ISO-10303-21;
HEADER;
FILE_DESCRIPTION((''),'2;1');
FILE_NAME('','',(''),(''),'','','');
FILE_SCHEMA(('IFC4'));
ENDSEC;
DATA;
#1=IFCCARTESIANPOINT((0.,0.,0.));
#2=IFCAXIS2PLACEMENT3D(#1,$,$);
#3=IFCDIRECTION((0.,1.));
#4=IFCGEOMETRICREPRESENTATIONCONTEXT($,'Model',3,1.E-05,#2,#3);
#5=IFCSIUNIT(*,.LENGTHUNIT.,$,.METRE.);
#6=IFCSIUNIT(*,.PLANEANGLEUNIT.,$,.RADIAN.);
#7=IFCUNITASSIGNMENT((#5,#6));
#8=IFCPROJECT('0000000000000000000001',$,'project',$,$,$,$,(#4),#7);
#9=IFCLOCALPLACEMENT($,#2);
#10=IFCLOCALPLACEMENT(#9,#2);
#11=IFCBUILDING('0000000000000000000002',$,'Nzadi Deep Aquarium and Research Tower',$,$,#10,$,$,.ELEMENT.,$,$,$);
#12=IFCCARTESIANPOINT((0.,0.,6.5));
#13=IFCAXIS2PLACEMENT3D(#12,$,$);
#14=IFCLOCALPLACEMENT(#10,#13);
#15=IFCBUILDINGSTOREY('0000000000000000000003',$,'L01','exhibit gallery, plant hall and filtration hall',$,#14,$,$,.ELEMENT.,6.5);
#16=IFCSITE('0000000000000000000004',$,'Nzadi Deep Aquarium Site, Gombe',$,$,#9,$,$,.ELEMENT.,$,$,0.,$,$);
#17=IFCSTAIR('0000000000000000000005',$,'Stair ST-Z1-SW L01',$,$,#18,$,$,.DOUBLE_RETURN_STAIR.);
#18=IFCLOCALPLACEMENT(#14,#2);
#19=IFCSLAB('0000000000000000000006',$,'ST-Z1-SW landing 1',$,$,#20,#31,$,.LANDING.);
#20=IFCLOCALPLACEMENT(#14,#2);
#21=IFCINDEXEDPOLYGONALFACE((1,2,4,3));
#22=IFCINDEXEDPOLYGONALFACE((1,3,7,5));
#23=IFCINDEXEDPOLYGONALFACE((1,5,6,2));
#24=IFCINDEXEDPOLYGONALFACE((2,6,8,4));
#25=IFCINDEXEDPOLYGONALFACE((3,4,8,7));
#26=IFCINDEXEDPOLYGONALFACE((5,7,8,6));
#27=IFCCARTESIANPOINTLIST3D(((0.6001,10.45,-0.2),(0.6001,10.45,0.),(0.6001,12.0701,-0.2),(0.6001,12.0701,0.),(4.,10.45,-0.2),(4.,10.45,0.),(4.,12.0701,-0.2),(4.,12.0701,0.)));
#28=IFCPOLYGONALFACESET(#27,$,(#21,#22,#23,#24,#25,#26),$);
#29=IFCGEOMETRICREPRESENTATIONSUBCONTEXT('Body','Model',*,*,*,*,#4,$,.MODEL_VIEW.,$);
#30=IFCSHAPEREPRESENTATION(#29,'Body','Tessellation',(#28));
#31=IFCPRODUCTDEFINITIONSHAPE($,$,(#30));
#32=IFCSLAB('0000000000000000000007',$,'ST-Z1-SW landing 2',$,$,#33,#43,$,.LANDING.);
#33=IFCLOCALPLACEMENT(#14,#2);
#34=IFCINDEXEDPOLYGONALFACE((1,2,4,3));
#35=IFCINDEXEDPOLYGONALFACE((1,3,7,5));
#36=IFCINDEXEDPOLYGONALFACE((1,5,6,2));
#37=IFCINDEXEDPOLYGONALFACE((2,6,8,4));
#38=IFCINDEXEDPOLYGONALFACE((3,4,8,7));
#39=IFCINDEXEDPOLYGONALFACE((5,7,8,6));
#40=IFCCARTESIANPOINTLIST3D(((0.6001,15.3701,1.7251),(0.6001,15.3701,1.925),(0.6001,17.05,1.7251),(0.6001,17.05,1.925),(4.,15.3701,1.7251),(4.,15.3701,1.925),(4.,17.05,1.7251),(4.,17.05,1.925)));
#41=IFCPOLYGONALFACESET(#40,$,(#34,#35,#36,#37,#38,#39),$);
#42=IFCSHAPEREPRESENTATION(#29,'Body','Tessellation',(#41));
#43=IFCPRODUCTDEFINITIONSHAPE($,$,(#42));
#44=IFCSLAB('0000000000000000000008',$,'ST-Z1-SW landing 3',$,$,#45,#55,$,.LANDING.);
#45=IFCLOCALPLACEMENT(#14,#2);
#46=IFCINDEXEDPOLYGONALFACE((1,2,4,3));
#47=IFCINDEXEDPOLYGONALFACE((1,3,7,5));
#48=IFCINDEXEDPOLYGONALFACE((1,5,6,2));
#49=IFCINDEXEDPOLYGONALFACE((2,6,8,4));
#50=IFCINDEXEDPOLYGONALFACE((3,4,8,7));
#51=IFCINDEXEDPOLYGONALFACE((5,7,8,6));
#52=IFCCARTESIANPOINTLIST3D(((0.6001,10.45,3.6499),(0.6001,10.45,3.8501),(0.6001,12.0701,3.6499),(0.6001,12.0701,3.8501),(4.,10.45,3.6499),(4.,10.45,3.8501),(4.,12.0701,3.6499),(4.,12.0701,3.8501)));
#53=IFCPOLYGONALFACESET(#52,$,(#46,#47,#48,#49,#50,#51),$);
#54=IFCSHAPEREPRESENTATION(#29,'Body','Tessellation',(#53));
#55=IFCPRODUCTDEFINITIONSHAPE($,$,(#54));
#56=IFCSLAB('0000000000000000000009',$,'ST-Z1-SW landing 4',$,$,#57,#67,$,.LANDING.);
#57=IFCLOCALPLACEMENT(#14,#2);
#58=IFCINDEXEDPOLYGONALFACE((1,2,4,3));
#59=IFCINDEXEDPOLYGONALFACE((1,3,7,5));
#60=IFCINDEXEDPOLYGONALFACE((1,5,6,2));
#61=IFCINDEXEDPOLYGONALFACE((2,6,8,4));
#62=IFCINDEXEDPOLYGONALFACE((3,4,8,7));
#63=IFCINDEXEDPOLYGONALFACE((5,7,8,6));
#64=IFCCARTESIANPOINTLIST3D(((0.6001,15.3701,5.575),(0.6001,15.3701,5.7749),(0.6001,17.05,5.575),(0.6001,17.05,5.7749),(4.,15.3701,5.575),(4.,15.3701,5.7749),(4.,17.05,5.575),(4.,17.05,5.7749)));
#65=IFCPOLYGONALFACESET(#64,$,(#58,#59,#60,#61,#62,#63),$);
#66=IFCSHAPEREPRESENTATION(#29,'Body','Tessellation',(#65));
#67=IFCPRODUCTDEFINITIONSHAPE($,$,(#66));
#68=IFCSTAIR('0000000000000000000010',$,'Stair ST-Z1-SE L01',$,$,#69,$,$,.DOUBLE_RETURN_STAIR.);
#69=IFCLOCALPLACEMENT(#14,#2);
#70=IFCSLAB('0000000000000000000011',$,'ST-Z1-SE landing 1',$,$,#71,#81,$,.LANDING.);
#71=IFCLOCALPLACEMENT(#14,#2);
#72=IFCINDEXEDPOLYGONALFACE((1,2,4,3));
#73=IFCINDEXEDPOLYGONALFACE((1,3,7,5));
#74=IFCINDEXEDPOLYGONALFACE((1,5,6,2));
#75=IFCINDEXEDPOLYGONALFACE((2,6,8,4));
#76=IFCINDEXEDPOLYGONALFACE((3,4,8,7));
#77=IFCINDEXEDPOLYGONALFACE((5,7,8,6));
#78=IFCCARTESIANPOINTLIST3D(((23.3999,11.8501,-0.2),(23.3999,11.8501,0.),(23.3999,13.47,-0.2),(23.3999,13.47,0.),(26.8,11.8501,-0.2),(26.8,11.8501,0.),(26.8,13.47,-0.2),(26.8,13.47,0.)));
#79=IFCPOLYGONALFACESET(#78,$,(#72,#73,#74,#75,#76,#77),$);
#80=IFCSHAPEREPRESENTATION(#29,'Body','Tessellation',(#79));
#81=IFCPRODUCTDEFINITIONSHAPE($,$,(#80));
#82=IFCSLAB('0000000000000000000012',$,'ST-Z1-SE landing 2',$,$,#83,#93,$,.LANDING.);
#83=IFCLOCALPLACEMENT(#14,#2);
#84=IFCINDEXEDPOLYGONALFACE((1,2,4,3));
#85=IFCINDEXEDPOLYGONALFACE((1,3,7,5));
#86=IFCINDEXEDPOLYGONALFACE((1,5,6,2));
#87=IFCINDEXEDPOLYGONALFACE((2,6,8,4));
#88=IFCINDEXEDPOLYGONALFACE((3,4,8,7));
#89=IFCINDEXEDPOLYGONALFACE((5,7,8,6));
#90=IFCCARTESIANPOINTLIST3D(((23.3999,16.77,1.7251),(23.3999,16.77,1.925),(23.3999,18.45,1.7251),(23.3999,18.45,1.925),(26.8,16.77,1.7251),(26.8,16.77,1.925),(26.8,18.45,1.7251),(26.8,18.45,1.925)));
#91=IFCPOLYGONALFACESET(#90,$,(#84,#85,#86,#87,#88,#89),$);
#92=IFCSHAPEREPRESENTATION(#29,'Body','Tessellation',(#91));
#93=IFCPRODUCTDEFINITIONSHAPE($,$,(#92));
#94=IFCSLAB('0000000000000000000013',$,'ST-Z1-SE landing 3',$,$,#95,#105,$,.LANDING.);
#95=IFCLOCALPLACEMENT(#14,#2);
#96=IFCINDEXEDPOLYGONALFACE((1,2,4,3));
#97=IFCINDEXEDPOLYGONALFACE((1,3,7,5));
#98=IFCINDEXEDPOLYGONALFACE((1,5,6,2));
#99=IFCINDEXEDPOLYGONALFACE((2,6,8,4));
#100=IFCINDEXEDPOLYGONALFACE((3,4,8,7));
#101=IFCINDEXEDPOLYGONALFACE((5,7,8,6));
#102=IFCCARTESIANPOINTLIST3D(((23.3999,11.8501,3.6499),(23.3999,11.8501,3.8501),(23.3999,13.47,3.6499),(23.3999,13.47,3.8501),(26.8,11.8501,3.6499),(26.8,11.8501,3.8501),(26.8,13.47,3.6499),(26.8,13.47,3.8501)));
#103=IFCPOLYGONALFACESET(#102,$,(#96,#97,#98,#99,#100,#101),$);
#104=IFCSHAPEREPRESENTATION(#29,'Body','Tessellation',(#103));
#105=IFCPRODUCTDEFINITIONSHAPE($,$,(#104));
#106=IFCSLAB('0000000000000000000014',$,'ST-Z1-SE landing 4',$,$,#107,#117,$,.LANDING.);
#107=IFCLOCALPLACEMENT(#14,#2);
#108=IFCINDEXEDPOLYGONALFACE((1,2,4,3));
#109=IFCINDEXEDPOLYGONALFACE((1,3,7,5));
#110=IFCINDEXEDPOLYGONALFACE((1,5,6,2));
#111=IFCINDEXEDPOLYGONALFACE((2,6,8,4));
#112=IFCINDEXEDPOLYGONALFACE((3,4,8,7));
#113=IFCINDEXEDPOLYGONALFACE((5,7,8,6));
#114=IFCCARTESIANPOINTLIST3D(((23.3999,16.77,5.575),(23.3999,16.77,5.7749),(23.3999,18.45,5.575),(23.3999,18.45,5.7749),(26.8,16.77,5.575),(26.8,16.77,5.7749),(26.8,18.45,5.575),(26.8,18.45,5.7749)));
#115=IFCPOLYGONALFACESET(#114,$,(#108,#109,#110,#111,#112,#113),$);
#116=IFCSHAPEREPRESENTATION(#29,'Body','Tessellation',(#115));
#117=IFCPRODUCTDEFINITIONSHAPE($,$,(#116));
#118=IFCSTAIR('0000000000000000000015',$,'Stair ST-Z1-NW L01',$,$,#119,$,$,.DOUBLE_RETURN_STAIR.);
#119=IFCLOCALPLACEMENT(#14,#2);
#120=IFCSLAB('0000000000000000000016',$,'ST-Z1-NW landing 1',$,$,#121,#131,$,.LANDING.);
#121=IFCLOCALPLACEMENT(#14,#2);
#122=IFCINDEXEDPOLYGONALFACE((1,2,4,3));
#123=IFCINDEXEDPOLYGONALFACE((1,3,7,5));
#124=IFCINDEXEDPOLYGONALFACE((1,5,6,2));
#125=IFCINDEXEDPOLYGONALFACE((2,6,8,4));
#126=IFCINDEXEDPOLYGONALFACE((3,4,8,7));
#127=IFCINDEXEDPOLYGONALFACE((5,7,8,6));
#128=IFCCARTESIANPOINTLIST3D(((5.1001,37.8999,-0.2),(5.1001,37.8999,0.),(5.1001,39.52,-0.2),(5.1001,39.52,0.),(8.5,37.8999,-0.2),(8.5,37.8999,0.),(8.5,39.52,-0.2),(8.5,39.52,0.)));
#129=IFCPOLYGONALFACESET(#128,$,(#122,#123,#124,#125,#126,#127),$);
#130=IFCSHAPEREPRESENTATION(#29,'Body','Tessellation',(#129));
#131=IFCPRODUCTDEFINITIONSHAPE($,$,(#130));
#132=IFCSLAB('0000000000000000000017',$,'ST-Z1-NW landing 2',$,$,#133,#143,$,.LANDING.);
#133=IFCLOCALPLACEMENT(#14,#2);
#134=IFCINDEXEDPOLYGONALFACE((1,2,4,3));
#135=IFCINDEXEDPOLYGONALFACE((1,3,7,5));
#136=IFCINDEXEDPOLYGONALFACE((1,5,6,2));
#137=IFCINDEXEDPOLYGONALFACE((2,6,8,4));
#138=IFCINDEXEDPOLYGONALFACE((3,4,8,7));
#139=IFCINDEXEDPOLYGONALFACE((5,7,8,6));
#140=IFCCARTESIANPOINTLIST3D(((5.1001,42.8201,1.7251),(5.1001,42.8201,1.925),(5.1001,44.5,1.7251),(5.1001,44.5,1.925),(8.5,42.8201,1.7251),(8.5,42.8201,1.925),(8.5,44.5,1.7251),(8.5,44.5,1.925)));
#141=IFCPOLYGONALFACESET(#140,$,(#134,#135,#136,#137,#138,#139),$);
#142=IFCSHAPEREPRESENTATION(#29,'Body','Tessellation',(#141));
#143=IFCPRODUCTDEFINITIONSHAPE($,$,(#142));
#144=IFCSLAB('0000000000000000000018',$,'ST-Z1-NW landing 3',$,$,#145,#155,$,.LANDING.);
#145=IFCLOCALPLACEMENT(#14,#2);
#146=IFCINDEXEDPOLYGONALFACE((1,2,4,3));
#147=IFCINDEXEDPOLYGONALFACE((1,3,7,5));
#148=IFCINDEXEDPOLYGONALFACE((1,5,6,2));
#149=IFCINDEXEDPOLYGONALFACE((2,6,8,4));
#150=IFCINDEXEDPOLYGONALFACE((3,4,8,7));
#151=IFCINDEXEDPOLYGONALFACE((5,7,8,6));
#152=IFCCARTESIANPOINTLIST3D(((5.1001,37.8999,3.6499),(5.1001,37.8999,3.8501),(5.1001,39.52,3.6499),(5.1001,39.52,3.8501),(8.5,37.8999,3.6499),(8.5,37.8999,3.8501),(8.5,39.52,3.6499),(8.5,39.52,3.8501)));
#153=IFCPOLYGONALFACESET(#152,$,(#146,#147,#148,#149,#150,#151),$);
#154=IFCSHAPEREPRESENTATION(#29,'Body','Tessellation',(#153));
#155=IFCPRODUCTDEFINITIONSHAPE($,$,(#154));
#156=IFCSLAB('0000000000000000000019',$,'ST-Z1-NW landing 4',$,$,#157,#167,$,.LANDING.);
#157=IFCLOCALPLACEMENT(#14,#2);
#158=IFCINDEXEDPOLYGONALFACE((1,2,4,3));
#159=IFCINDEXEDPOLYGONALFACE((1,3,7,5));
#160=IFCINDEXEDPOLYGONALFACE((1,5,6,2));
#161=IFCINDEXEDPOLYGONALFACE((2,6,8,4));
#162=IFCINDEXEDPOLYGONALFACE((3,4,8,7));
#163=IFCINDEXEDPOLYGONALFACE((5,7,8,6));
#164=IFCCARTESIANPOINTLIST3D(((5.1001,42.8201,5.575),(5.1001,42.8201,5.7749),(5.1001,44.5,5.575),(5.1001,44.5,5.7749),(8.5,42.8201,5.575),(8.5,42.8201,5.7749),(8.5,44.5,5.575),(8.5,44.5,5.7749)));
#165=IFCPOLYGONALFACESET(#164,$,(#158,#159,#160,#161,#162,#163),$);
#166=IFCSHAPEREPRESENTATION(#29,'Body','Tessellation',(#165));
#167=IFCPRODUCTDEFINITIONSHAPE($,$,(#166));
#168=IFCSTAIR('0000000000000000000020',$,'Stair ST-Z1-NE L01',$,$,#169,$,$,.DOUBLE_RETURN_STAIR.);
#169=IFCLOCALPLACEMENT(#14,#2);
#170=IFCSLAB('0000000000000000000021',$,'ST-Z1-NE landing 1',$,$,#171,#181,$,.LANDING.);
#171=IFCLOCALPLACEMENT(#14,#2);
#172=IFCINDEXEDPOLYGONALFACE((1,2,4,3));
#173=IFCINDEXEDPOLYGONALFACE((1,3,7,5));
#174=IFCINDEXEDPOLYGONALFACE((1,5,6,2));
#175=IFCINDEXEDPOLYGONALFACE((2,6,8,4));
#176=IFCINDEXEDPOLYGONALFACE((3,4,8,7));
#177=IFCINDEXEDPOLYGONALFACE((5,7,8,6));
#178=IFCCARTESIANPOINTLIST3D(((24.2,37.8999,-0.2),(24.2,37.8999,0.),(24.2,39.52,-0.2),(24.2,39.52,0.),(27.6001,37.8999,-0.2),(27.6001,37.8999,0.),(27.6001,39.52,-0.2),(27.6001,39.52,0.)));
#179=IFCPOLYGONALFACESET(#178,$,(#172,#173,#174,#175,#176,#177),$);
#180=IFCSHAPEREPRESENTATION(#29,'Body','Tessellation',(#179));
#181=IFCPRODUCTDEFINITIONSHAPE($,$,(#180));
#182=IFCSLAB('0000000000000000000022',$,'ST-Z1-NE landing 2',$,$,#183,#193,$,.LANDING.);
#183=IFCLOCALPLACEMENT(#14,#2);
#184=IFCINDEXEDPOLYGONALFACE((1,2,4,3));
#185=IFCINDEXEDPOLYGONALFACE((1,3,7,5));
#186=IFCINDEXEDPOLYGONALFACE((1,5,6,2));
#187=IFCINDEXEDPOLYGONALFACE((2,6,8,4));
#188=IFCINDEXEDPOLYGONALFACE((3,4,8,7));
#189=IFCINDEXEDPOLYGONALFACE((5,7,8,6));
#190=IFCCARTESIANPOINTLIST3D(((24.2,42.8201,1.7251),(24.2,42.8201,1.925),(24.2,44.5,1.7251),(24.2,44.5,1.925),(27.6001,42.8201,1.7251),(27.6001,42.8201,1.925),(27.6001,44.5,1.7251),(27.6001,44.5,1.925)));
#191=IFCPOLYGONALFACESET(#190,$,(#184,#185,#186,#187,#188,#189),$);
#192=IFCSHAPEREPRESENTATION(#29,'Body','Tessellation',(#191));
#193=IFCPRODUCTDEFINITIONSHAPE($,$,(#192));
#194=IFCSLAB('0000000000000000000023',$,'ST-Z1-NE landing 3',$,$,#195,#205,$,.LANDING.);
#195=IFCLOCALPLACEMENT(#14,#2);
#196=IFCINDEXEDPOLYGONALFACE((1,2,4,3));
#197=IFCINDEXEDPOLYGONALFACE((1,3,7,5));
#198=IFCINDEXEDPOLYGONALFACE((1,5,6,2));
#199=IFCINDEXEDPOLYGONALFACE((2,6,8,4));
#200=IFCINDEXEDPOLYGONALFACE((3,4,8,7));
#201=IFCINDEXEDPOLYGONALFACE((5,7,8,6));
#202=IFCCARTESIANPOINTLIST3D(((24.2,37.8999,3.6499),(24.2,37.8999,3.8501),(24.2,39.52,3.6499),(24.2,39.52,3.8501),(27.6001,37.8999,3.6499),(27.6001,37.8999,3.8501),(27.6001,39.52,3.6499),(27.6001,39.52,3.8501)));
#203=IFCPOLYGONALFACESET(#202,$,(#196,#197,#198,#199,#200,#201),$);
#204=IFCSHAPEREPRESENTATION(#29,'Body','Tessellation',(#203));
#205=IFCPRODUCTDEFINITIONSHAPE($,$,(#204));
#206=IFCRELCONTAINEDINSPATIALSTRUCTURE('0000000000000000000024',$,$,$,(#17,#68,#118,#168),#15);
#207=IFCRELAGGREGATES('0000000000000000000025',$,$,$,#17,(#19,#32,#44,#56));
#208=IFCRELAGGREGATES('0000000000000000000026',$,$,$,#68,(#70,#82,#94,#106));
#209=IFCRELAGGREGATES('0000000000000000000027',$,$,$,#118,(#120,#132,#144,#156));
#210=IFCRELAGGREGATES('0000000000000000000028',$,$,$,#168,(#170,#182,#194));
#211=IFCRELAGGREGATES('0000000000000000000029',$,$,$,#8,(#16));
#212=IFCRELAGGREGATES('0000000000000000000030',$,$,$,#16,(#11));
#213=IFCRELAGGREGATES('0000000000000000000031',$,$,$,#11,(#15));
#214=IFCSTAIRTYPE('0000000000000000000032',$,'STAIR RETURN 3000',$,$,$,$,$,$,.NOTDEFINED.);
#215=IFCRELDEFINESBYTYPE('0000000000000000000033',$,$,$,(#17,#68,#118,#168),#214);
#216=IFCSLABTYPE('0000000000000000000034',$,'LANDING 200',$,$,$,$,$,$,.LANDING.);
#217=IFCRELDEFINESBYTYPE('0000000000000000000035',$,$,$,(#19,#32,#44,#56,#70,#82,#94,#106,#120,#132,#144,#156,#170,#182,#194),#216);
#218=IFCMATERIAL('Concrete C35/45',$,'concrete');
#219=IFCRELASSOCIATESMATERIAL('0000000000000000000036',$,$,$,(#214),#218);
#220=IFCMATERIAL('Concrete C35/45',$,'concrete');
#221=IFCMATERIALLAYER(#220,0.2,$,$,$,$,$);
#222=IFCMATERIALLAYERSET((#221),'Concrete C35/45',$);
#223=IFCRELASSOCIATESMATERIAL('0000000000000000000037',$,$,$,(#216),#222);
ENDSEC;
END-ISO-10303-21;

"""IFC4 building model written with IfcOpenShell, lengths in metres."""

from ifc_helpers import new_model, si_unit, direction, frame, origin, place, context, subcontext, project, spatial, polyline, outline, extrude, material, layer, layer_set, type_object, element, aggregate, save


model = new_model("IFC4")

# Units and contexts
model_context = context("Model", 3, precision=1e-05, world=origin(), true_north=direction((0.0, 1.0)))
body_context = subcontext(model_context, "Body", "Model", "MODEL_VIEW")
ifc_project = project(units=[si_unit("LENGTHUNIT", "METRE"), si_unit("PLANEANGLEUNIT", "RADIAN")], contexts=[model_context])

# Site, building, storey
site_placement = place(None, origin())
site = spatial("IfcSite", under=ifc_project, at=site_placement, Name="Nzadi Deep Aquarium Site, Gombe", CompositionType="ELEMENT", RefElevation=0.0)
building_placement = place(site_placement, origin())
building = spatial("IfcBuilding", under=site, at=building_placement, Name="Nzadi Deep Aquarium and Research Tower", CompositionType="ELEMENT")
storey_placement = place(building_placement, frame((0.0, 0.0, 6.5)))
storey = spatial("IfcBuildingStorey", under=building, at=storey_placement, Name="L01", Description="exhibit gallery, plant hall and filtration hall", CompositionType="ELEMENT", Elevation=6.5)

# Stairs, slabs
ifc_material_1 = material(Name="Concrete C35/45", Category="concrete")
stair_type = type_object("IfcStairType", Name="STAIR RETURN 3000", PredefinedType="NOTDEFINED", material=ifc_material_1)
stair_1_placement = place(storey_placement, origin())
stair_1 = element("IfcStair", 1, at=stair_1_placement, inside=storey, type_object=stair_type, Name="Stair ST-Z1-SW L01", PredefinedType="DOUBLE_RETURN_STAIR")
ifc_material_2 = material(Name="Concrete C35/45", Category="concrete")
ifc_layer_1 = layer(ifc_material_2, 0.2)
ifc_layer_set_1 = layer_set([ifc_layer_1], Name="Concrete C35/45")
slab_type_1 = type_object("IfcSlabType", Name="LANDING 200", PredefinedType="LANDING", material=ifc_layer_set_1)
slab_1_placement = place(storey_placement, frame((0.0, 0.0, -0.2)))
slab_1 = element("IfcSlab", 2, at=slab_1_placement, type_object=slab_type_1, Name="ST-Z1-SW landing 1", PredefinedType="LANDING", context=body_context, shape_type="SweptSolid", body=[
    extrude(outline(polyline([(0.6001, 10.45), (4.0, 10.45), (4.0, 12.0701), (0.6001, 12.0701), (0.6001, 10.45)])), origin(), (0.0, 0.0, 1.0), 0.2),
])
slab_2_placement = place(storey_placement, frame((0.0, 0.0, 1.7251)))
slab_2 = element("IfcSlab", 3, at=slab_2_placement, type_object=slab_type_1, Name="ST-Z1-SW landing 2", PredefinedType="LANDING", context=body_context, shape_type="SweptSolid", body=[
    extrude(outline(polyline([(0.6001, 15.3701), (4.0, 15.3701), (4.0, 17.05), (0.6001, 17.05), (0.6001, 15.3701)])), origin(), (0.0, 0.0, 1.0), 0.2),
])
slab_3_placement = place(storey_placement, frame((0.0, 0.0, 3.6499)))
slab_3 = element("IfcSlab", 4, at=slab_3_placement, type_object=slab_type_1, Name="ST-Z1-SW landing 3", PredefinedType="LANDING", context=body_context, shape_type="SweptSolid", body=[
    extrude(outline(polyline([(0.6001, 10.45), (4.0, 10.45), (4.0, 12.0701), (0.6001, 12.0701), (0.6001, 10.45)])), origin(), (0.0, 0.0, 1.0), 0.2002),
])
slab_4_placement = place(storey_placement, frame((0.0, 0.0, 5.575)))
slab_4 = element("IfcSlab", 5, at=slab_4_placement, type_object=slab_type_1, Name="ST-Z1-SW landing 4", PredefinedType="LANDING", context=body_context, shape_type="SweptSolid", body=[
    extrude(outline(polyline([(0.6001, 15.3701), (4.0, 15.3701), (4.0, 17.05), (0.6001, 17.05), (0.6001, 15.3701)])), origin(), (0.0, 0.0, 1.0), 0.2),
])
aggregate(stair_1, [slab_1, slab_2, slab_3, slab_4])
stair_2_placement = place(storey_placement, origin())
stair_2 = element("IfcStair", 6, at=stair_2_placement, inside=storey, type_object=stair_type, Name="Stair ST-Z1-SE L01", PredefinedType="DOUBLE_RETURN_STAIR")
slab_5_placement = place(storey_placement, frame((0.0, 0.0, -0.2)))
slab_5 = element("IfcSlab", 7, at=slab_5_placement, type_object=slab_type_1, Name="ST-Z1-SE landing 1", PredefinedType="LANDING", context=body_context, shape_type="SweptSolid", body=[
    extrude(outline(polyline([(23.3999, 11.8501), (26.8, 11.8501), (26.8, 13.47), (23.3999, 13.47), (23.3999, 11.8501)])), origin(), (0.0, 0.0, 1.0), 0.2),
])
slab_6_placement = place(storey_placement, frame((0.0, 0.0, 1.7251)))
slab_6 = element("IfcSlab", 8, at=slab_6_placement, type_object=slab_type_1, Name="ST-Z1-SE landing 2", PredefinedType="LANDING", context=body_context, shape_type="SweptSolid", body=[
    extrude(outline(polyline([(23.3999, 16.77), (26.8, 16.77), (26.8, 18.45), (23.3999, 18.45), (23.3999, 16.77)])), origin(), (0.0, 0.0, 1.0), 0.2),
])
slab_7_placement = place(storey_placement, frame((0.0, 0.0, 3.6499)))
slab_7 = element("IfcSlab", 9, at=slab_7_placement, type_object=slab_type_1, Name="ST-Z1-SE landing 3", PredefinedType="LANDING", context=body_context, shape_type="SweptSolid", body=[
    extrude(outline(polyline([(23.3999, 11.8501), (26.8, 11.8501), (26.8, 13.47), (23.3999, 13.47), (23.3999, 11.8501)])), origin(), (0.0, 0.0, 1.0), 0.2002),
])
slab_8_placement = place(storey_placement, frame((0.0, 0.0, 5.575)))
slab_8 = element("IfcSlab", 10, at=slab_8_placement, type_object=slab_type_1, Name="ST-Z1-SE landing 4", PredefinedType="LANDING", context=body_context, shape_type="SweptSolid", body=[
    extrude(outline(polyline([(23.3999, 16.77), (26.8, 16.77), (26.8, 18.45), (23.3999, 18.45), (23.3999, 16.77)])), origin(), (0.0, 0.0, 1.0), 0.2),
])
aggregate(stair_2, [slab_5, slab_6, slab_7, slab_8])
stair_3_placement = place(storey_placement, origin())
stair_3 = element("IfcStair", 11, at=stair_3_placement, inside=storey, type_object=stair_type, Name="Stair ST-Z1-NW L01", PredefinedType="DOUBLE_RETURN_STAIR")
slab_9_placement = place(storey_placement, frame((0.0, 0.0, -0.2)))
slab_9 = element("IfcSlab", 12, at=slab_9_placement, type_object=slab_type_1, Name="ST-Z1-NW landing 1", PredefinedType="LANDING", context=body_context, shape_type="SweptSolid", body=[
    extrude(outline(polyline([(5.1001, 37.8999), (8.5, 37.8999), (8.5, 39.52), (5.1001, 39.52), (5.1001, 37.8999)])), origin(), (0.0, 0.0, 1.0), 0.2),
])
slab_10_placement = place(storey_placement, frame((0.0, 0.0, 1.7251)))
slab_10 = element("IfcSlab", 13, at=slab_10_placement, type_object=slab_type_1, Name="ST-Z1-NW landing 2", PredefinedType="LANDING", context=body_context, shape_type="SweptSolid", body=[
    extrude(outline(polyline([(5.1001, 42.8201), (8.5, 42.8201), (8.5, 44.5), (5.1001, 44.5), (5.1001, 42.8201)])), origin(), (0.0, 0.0, 1.0), 0.2),
])
slab_11_placement = place(storey_placement, frame((0.0, 0.0, 3.6499)))
slab_11 = element("IfcSlab", 14, at=slab_11_placement, type_object=slab_type_1, Name="ST-Z1-NW landing 3", PredefinedType="LANDING", context=body_context, shape_type="SweptSolid", body=[
    extrude(outline(polyline([(5.1001, 37.8999), (8.5, 37.8999), (8.5, 39.52), (5.1001, 39.52), (5.1001, 37.8999)])), origin(), (0.0, 0.0, 1.0), 0.2002),
])
slab_12_placement = place(storey_placement, frame((0.0, 0.0, 5.575)))
slab_12 = element("IfcSlab", 15, at=slab_12_placement, type_object=slab_type_1, Name="ST-Z1-NW landing 4", PredefinedType="LANDING", context=body_context, shape_type="SweptSolid", body=[
    extrude(outline(polyline([(5.1001, 42.8201), (8.5, 42.8201), (8.5, 44.5), (5.1001, 44.5), (5.1001, 42.8201)])), origin(), (0.0, 0.0, 1.0), 0.2),
])
aggregate(stair_3, [slab_9, slab_10, slab_11, slab_12])
stair_4_placement = place(storey_placement, origin())
stair_4 = element("IfcStair", 16, at=stair_4_placement, inside=storey, type_object=stair_type, Name="Stair ST-Z1-NE L01", PredefinedType="DOUBLE_RETURN_STAIR")
slab_13_placement = place(storey_placement, frame((0.0, 0.0, -0.2)))
slab_13 = element("IfcSlab", 17, at=slab_13_placement, type_object=slab_type_1, Name="ST-Z1-NE landing 1", PredefinedType="LANDING", context=body_context, shape_type="SweptSolid", body=[
    extrude(outline(polyline([(24.2, 37.8999), (27.6001, 37.8999), (27.6001, 39.52), (24.2, 39.52), (24.2, 37.8999)])), origin(), (0.0, 0.0, 1.0), 0.2),
])
slab_14_placement = place(storey_placement, frame((0.0, 0.0, 1.7251)))
slab_14 = element("IfcSlab", 18, at=slab_14_placement, type_object=slab_type_1, Name="ST-Z1-NE landing 2", PredefinedType="LANDING", context=body_context, shape_type="SweptSolid", body=[
    extrude(outline(polyline([(24.2, 42.8201), (27.6001, 42.8201), (27.6001, 44.5), (24.2, 44.5), (24.2, 42.8201)])), origin(), (0.0, 0.0, 1.0), 0.2),
])
slab_15_placement = place(storey_placement, frame((0.0, 0.0, 3.6499)))
slab_15 = element("IfcSlab", 19, at=slab_15_placement, type_object=slab_type_1, Name="ST-Z1-NE landing 3", PredefinedType="LANDING", context=body_context, shape_type="SweptSolid", body=[
    extrude(outline(polyline([(24.2, 37.8999), (27.6001, 37.8999), (27.6001, 39.52), (24.2, 39.52), (24.2, 37.8999)])), origin(), (0.0, 0.0, 1.0), 0.2002),
])
aggregate(stair_4, [slab_13, slab_14, slab_15])

save(model, "model.ifc")
